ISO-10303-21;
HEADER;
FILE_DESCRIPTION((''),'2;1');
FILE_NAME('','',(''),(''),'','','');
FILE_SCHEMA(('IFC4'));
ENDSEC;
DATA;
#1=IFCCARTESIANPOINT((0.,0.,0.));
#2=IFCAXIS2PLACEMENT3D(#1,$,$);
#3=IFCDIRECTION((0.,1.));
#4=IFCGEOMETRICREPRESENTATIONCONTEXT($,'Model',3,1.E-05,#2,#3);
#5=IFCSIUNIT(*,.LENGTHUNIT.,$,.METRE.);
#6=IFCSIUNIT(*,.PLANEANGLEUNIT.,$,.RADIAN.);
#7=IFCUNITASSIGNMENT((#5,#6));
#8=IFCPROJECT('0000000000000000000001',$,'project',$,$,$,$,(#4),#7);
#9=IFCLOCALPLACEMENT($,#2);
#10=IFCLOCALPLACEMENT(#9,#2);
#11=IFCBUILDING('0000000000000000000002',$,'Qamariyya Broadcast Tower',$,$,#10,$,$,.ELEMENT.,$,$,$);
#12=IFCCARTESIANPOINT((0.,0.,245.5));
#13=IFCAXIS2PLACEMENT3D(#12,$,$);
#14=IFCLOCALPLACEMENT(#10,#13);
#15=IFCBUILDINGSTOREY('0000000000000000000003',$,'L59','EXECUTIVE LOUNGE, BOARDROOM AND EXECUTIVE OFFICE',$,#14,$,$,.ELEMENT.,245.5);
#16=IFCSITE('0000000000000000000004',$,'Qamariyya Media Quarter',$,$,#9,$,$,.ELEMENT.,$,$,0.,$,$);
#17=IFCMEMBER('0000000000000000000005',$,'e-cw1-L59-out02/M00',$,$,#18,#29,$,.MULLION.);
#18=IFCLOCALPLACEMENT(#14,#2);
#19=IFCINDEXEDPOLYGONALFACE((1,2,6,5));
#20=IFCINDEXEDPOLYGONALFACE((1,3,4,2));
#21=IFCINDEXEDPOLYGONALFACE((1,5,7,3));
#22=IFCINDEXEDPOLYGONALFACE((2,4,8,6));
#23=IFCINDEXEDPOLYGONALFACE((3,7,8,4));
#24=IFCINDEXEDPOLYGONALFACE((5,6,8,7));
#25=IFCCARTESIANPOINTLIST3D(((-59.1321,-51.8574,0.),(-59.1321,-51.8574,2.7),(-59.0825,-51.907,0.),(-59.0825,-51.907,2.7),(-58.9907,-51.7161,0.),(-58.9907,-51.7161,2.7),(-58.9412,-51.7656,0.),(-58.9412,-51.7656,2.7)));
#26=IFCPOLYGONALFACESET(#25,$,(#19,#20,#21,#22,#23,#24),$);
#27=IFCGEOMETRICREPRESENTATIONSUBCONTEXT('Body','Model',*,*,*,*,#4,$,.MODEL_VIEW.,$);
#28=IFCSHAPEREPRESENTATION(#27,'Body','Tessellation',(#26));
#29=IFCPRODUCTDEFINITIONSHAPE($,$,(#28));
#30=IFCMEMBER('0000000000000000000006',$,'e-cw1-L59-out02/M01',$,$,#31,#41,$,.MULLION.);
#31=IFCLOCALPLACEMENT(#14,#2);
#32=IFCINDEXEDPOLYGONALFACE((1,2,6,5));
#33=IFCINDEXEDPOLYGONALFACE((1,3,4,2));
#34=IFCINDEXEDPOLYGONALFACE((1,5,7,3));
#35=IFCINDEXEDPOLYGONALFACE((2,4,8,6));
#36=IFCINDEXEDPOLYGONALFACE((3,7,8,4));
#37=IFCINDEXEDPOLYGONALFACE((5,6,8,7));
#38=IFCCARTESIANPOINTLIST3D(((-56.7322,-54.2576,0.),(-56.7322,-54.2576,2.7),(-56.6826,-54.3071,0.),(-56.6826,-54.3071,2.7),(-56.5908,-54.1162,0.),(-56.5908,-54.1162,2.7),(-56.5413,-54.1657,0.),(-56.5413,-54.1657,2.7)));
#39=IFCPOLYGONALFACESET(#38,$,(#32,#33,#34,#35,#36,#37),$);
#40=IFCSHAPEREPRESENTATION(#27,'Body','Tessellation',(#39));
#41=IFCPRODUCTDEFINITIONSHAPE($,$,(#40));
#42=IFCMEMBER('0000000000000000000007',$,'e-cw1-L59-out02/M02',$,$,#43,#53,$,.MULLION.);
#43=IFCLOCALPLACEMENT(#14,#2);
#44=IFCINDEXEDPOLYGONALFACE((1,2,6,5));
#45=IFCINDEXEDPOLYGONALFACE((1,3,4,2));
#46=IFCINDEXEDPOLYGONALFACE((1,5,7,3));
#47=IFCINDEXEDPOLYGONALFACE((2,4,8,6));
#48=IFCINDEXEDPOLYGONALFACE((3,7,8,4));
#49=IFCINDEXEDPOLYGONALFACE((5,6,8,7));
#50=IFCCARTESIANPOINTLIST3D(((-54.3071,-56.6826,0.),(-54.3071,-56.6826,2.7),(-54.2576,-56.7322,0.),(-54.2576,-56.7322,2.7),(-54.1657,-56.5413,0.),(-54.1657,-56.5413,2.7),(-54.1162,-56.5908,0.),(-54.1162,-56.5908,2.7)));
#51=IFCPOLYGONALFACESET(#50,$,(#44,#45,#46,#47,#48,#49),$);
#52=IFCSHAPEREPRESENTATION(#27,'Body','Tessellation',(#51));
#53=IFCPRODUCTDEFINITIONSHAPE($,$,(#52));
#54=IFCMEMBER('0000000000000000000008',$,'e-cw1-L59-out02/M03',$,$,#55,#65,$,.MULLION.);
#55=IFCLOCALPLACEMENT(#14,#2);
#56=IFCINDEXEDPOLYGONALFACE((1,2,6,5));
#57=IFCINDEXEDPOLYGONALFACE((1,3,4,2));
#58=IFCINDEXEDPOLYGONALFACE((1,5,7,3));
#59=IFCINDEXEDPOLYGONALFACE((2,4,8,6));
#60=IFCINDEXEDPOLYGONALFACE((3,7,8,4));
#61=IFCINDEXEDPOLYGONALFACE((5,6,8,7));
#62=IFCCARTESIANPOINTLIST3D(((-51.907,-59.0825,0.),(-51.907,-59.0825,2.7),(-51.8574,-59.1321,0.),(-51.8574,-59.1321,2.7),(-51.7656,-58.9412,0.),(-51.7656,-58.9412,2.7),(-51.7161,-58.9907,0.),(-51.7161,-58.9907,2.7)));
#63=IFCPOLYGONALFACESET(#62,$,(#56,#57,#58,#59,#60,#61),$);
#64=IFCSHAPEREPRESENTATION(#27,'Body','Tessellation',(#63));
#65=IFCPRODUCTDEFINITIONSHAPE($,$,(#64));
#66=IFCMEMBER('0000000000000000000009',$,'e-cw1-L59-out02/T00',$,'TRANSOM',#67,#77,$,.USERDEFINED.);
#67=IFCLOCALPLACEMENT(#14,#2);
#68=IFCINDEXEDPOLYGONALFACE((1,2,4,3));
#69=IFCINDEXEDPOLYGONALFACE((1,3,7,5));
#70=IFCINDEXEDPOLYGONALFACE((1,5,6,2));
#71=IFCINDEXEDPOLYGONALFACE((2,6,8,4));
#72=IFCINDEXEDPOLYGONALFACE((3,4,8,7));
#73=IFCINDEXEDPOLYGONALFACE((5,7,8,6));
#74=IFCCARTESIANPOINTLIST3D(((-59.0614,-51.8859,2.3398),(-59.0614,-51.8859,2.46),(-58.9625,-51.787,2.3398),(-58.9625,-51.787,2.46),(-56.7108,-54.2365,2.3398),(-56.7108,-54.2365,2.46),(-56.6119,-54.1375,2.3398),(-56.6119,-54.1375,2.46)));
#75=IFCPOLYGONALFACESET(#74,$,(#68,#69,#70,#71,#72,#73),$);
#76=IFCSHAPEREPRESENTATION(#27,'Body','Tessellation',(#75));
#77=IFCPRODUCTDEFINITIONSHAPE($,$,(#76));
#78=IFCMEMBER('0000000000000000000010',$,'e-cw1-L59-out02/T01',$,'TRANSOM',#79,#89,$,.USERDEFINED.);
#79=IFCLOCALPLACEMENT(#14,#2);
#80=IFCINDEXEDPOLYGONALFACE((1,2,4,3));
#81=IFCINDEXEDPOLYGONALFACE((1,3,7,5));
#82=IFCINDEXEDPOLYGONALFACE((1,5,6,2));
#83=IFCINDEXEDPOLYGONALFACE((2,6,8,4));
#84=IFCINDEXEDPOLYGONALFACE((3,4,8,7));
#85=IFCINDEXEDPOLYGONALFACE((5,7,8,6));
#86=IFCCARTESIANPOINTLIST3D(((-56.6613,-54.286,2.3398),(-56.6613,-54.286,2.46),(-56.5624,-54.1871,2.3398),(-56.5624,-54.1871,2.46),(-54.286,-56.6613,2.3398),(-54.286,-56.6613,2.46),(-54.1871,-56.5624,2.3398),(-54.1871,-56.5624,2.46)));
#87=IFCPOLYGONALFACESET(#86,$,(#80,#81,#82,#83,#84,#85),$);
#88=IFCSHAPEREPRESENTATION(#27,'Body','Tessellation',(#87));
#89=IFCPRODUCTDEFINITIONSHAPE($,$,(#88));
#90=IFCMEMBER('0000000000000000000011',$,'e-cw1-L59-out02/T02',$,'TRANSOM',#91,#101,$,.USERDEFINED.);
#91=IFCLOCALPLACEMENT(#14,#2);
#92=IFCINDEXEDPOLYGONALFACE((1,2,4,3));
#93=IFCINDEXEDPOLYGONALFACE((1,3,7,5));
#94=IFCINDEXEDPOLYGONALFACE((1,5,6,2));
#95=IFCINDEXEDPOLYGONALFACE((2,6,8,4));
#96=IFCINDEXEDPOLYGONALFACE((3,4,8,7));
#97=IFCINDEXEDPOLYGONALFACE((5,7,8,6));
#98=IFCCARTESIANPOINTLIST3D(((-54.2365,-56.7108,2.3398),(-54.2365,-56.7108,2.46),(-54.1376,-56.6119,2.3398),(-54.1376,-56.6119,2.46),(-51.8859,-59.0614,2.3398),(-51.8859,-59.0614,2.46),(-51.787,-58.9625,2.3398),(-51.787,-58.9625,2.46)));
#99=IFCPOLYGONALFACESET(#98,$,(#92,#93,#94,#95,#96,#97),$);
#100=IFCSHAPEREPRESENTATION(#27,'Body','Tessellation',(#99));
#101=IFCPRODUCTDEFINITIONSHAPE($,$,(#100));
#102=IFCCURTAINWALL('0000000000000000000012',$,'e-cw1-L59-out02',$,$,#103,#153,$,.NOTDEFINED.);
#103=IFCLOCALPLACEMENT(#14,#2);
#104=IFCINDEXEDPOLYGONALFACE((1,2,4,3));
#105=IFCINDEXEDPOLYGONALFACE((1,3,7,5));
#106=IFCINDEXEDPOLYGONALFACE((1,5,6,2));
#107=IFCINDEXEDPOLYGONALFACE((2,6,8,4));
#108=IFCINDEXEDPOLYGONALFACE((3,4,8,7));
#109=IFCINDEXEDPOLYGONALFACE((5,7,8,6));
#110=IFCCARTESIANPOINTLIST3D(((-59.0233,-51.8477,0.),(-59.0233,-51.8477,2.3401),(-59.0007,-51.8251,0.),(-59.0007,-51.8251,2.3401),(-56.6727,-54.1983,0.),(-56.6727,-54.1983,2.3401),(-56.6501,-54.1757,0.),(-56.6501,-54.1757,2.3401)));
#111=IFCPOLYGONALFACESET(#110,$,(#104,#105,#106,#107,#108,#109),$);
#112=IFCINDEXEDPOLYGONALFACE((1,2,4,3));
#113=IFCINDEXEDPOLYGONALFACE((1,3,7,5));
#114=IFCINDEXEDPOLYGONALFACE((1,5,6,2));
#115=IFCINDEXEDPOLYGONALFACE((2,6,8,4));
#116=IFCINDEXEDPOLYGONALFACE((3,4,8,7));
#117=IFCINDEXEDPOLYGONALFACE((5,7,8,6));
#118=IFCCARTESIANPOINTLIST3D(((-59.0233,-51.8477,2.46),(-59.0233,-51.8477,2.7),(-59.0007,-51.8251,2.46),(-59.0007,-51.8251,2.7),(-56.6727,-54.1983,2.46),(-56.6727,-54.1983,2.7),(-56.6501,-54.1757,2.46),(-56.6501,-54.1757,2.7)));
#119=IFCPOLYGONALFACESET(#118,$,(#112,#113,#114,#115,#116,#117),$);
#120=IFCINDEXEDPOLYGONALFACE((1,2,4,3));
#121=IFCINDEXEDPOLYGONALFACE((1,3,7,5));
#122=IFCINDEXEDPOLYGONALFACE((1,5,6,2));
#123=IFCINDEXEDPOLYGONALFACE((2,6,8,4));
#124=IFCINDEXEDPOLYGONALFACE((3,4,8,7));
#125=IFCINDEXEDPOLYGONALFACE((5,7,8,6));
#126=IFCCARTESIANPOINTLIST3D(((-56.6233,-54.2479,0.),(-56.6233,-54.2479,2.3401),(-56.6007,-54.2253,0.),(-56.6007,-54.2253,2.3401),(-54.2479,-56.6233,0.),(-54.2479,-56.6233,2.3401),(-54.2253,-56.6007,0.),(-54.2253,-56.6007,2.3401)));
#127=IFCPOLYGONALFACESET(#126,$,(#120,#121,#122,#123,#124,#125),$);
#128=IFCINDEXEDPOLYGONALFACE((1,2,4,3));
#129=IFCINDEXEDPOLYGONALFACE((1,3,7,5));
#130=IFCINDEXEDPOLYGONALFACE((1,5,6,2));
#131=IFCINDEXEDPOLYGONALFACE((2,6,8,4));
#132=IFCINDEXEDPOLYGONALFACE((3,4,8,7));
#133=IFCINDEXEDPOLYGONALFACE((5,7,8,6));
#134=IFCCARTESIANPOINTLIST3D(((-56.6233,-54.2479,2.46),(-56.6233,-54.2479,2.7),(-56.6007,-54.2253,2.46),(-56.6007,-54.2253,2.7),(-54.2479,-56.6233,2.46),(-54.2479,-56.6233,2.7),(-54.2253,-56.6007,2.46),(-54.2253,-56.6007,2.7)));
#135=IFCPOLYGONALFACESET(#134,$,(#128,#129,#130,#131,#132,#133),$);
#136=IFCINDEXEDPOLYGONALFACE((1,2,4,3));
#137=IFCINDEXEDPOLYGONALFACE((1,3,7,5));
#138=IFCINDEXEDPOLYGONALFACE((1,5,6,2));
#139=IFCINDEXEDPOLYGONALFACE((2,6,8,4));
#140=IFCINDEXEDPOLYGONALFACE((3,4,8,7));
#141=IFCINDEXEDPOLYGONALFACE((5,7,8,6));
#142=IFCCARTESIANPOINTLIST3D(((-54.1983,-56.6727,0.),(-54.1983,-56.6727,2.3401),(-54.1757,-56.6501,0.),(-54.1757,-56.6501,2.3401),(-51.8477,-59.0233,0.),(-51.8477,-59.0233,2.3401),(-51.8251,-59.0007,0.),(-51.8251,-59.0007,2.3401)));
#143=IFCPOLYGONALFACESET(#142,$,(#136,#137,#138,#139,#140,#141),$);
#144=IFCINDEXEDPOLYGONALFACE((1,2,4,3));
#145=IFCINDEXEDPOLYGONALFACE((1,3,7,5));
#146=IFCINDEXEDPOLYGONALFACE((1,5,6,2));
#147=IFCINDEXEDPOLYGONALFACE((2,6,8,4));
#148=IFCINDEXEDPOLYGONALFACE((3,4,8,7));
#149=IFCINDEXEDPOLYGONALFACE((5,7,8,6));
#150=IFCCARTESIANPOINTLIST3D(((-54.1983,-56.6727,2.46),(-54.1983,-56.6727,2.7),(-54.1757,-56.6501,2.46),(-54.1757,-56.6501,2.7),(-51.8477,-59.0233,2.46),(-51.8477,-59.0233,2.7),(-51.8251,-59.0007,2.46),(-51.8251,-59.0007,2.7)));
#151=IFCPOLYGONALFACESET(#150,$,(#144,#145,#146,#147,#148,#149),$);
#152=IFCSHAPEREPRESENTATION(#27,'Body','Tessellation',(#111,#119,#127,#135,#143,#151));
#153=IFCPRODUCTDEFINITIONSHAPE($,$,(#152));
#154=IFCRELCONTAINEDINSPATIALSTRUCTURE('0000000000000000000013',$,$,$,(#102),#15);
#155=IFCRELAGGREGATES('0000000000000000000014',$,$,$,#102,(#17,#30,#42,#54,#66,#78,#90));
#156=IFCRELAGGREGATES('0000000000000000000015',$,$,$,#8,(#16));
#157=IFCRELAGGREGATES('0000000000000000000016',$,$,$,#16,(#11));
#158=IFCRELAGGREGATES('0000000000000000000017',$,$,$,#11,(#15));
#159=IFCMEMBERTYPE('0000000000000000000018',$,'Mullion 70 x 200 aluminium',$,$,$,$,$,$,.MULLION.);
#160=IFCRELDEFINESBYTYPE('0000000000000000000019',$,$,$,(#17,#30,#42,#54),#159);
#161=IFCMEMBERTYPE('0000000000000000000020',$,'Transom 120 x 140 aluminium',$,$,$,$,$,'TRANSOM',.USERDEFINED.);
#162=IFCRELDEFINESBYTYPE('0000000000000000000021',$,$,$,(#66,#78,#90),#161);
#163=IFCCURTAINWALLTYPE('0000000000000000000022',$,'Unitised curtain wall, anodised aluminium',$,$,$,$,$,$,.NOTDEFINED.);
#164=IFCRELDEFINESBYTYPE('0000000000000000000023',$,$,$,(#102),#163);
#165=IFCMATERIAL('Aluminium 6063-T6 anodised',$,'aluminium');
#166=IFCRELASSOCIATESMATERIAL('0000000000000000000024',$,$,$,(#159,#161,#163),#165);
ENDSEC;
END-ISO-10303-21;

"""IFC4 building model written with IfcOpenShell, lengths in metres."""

from ifc_helpers import new_model, si_unit, direction, frame, origin, origin_2d, place, context, subcontext, project, spatial, rectangle, extrude, material, material_profile, profile_set, type_object, element, aggregate, save


model = new_model("IFC4")

# Units and contexts
model_context = context("Model", 3, precision=1e-05, world=origin(), true_north=direction((0.0, 1.0)))
body_context = subcontext(model_context, "Body", "Model", "MODEL_VIEW")
ifc_project = project(units=[si_unit("LENGTHUNIT", "METRE"), si_unit("PLANEANGLEUNIT", "RADIAN")], contexts=[model_context])

# Members
ifc_material = material(Name="Aluminium 6063-T6 anodised", Category="aluminium")
ifc_material_profile_1 = material_profile(ifc_material, rectangle(XDim=0.2, YDim=0.0701, at=origin_2d()))
ifc_profile_set_1 = profile_set([ifc_material_profile_1], Name="Aluminium 6063-T6 anodised")
member_type_1 = type_object("IfcMemberType", Name="Mullion 70 x 200 aluminium", PredefinedType="MULLION", material=ifc_profile_set_1)
site_placement = place(None, origin())
building_placement = place(site_placement, origin())
storey_placement = place(building_placement, frame((0.0, 0.0, 245.5)))
member_1_placement = place(storey_placement, frame((-59.0366, -51.8115, 0.0), z_axis=(0.0, 0.0, 1.0), x_axis=(0.707107, 0.707107, 0.0)))
member_1 = element("IfcMember", 1, at=member_1_placement, type_object=member_type_1, Name="e-cw1-L59-out02/M00", PredefinedType="MULLION", context=body_context, shape_type="SweptSolid", body=[
    extrude(rectangle(XDim=0.2, YDim=0.0701, at=origin_2d()), origin(), (0.0, 0.0, 1.0), 2.7),
])
member_2_placement = place(storey_placement, frame((-56.6367, -54.2117, 0.0), z_axis=(0.0, 0.0, 1.0), x_axis=(0.707107, 0.707107, 0.0)))
member_2 = element("IfcMember", 2, at=member_2_placement, type_object=member_type_1, Name="e-cw1-L59-out02/M01", PredefinedType="MULLION", context=body_context, shape_type="SweptSolid", body=[
    extrude(rectangle(XDim=0.2, YDim=0.0701, at=origin_2d()), origin(), (0.0, 0.0, 1.0), 2.7),
])
member_3_placement = place(storey_placement, frame((-54.2117, -56.6367, 0.0), z_axis=(0.0, 0.0, 1.0), x_axis=(0.707107, 0.707107, 0.0)))
member_3 = element("IfcMember", 3, at=member_3_placement, type_object=member_type_1, Name="e-cw1-L59-out02/M02", PredefinedType="MULLION", context=body_context, shape_type="SweptSolid", body=[
    extrude(rectangle(XDim=0.2, YDim=0.0701, at=origin_2d()), origin(), (0.0, 0.0, 1.0), 2.7),
])
member_4_placement = place(storey_placement, frame((-51.8115, -59.0366, 0.0), z_axis=(0.0, 0.0, 1.0), x_axis=(0.707107, 0.707107, 0.0)))
member_4 = element("IfcMember", 4, at=member_4_placement, type_object=member_type_1, Name="e-cw1-L59-out02/M03", PredefinedType="MULLION", context=body_context, shape_type="SweptSolid", body=[
    extrude(rectangle(XDim=0.2, YDim=0.0701, at=origin_2d()), origin(), (0.0, 0.0, 1.0), 2.7),
])
ifc_material_profile_2 = material_profile(ifc_material, rectangle(XDim=0.1399, YDim=0.1201, at=origin_2d()))
ifc_profile_set_2 = profile_set([ifc_material_profile_2], Name="Aluminium 6063-T6 anodised")
member_type_2 = type_object("IfcMemberType", Name="Transom 120 x 140 aluminium", ElementType="TRANSOM", PredefinedType="USERDEFINED", material=ifc_profile_set_2)
member_5_placement = place(storey_placement, frame((-59.012, -51.8364, 2.3999), z_axis=(0.707107, -0.707107, 0.0), x_axis=(0.707107, 0.707107, 0.0)))
member_5 = element("IfcMember", 5, at=member_5_placement, type_object=member_type_2, Name="e-cw1-L59-out02/T00", ObjectType="TRANSOM", PredefinedType="USERDEFINED", context=body_context, shape_type="SweptSolid", body=[
    extrude(rectangle(XDim=0.1399, YDim=0.1201, at=origin_2d()), origin(), (0.0, 0.0, 1.0), 3.3242),
])
member_6_placement = place(storey_placement, frame((-56.6118, -54.2366, 2.3999), z_axis=(0.707107, -0.707107, 0.0), x_axis=(0.707107, 0.707107, 0.0)))
member_6 = element("IfcMember", 6, at=member_6_placement, type_object=member_type_2, Name="e-cw1-L59-out02/T01", ObjectType="TRANSOM", PredefinedType="USERDEFINED", context=body_context, shape_type="SweptSolid", body=[
    extrude(rectangle(XDim=0.1399, YDim=0.1201, at=origin_2d()), origin(), (0.0, 0.0, 1.0), 3.3591),
])
member_7_placement = place(storey_placement, frame((-54.187, -56.6614, 2.3999), z_axis=(0.707107, -0.707107, 0.0), x_axis=(0.707107, 0.707107, 0.0)))
member_7 = element("IfcMember", 7, at=member_7_placement, type_object=member_type_2, Name="e-cw1-L59-out02/T02", ObjectType="TRANSOM", PredefinedType="USERDEFINED", context=body_context, shape_type="SweptSolid", body=[
    extrude(rectangle(XDim=0.1399, YDim=0.1201, at=origin_2d()), origin(), (0.0, 0.0, 1.0), 3.3242),
])

# Site, building, storey
site = spatial("IfcSite", under=ifc_project, at=site_placement, Name="Qamariyya Media Quarter", CompositionType="ELEMENT", RefElevation=0.0)
building = spatial("IfcBuilding", under=site, at=building_placement, Name="Qamariyya Broadcast Tower", CompositionType="ELEMENT")
storey = spatial("IfcBuildingStorey", under=building, at=storey_placement, Name="L59", Description="EXECUTIVE LOUNGE, BOARDROOM AND EXECUTIVE OFFICE", CompositionType="ELEMENT", Elevation=245.5)

# Curtain wall
curtain_wall_type = type_object("IfcCurtainWallType", Name="Unitised curtain wall, anodised aluminium", PredefinedType="NOTDEFINED", material=ifc_material)
curtain_wall_1_placement = place(storey_placement, origin())
curtain_wall_1 = element("IfcCurtainWall", 8, at=curtain_wall_1_placement, inside=storey, type_object=curtain_wall_type, Name="e-cw1-L59-out02", PredefinedType="NOTDEFINED", context=body_context, shape_type="SweptSolid", body=[
    extrude(rectangle(XDim=3.3242, YDim=0.032, at=origin_2d()), frame((-57.8367, -53.0117, 0.0), x_axis=(0.707107, -0.707107, 0.0)), (0.0, 0.0, 1.0), 2.3401),
    extrude(rectangle(XDim=3.3242, YDim=0.032, at=origin_2d()), frame((-57.8367, -53.0117, 2.46), x_axis=(0.707107, -0.707107, 0.0)), (0.0, 0.0, 1.0), 0.24),
    extrude(rectangle(XDim=3.3594, YDim=0.032, at=origin_2d()), frame((-55.4243, -55.4243, 0.0), x_axis=(0.707107, -0.707107, 0.0)), (0.0, 0.0, 1.0), 2.3401),
    extrude(rectangle(XDim=3.3594, YDim=0.032, at=origin_2d()), frame((-55.4243, -55.4243, 2.46), x_axis=(0.707107, -0.707107, 0.0)), (0.0, 0.0, 1.0), 0.24),
    extrude(rectangle(XDim=3.3242, YDim=0.032, at=origin_2d()), frame((-53.0117, -57.8367, 0.0), x_axis=(0.707107, -0.707107, 0.0)), (0.0, 0.0, 1.0), 2.3401),
    extrude(rectangle(XDim=3.3242, YDim=0.032, at=origin_2d()), frame((-53.0117, -57.8367, 2.46), x_axis=(0.707107, -0.707107, 0.0)), (0.0, 0.0, 1.0), 0.24),
])
aggregate(curtain_wall_1, [member_1, member_2, member_3, member_4, member_5, member_6, member_7])

save(model, "model.ifc")
